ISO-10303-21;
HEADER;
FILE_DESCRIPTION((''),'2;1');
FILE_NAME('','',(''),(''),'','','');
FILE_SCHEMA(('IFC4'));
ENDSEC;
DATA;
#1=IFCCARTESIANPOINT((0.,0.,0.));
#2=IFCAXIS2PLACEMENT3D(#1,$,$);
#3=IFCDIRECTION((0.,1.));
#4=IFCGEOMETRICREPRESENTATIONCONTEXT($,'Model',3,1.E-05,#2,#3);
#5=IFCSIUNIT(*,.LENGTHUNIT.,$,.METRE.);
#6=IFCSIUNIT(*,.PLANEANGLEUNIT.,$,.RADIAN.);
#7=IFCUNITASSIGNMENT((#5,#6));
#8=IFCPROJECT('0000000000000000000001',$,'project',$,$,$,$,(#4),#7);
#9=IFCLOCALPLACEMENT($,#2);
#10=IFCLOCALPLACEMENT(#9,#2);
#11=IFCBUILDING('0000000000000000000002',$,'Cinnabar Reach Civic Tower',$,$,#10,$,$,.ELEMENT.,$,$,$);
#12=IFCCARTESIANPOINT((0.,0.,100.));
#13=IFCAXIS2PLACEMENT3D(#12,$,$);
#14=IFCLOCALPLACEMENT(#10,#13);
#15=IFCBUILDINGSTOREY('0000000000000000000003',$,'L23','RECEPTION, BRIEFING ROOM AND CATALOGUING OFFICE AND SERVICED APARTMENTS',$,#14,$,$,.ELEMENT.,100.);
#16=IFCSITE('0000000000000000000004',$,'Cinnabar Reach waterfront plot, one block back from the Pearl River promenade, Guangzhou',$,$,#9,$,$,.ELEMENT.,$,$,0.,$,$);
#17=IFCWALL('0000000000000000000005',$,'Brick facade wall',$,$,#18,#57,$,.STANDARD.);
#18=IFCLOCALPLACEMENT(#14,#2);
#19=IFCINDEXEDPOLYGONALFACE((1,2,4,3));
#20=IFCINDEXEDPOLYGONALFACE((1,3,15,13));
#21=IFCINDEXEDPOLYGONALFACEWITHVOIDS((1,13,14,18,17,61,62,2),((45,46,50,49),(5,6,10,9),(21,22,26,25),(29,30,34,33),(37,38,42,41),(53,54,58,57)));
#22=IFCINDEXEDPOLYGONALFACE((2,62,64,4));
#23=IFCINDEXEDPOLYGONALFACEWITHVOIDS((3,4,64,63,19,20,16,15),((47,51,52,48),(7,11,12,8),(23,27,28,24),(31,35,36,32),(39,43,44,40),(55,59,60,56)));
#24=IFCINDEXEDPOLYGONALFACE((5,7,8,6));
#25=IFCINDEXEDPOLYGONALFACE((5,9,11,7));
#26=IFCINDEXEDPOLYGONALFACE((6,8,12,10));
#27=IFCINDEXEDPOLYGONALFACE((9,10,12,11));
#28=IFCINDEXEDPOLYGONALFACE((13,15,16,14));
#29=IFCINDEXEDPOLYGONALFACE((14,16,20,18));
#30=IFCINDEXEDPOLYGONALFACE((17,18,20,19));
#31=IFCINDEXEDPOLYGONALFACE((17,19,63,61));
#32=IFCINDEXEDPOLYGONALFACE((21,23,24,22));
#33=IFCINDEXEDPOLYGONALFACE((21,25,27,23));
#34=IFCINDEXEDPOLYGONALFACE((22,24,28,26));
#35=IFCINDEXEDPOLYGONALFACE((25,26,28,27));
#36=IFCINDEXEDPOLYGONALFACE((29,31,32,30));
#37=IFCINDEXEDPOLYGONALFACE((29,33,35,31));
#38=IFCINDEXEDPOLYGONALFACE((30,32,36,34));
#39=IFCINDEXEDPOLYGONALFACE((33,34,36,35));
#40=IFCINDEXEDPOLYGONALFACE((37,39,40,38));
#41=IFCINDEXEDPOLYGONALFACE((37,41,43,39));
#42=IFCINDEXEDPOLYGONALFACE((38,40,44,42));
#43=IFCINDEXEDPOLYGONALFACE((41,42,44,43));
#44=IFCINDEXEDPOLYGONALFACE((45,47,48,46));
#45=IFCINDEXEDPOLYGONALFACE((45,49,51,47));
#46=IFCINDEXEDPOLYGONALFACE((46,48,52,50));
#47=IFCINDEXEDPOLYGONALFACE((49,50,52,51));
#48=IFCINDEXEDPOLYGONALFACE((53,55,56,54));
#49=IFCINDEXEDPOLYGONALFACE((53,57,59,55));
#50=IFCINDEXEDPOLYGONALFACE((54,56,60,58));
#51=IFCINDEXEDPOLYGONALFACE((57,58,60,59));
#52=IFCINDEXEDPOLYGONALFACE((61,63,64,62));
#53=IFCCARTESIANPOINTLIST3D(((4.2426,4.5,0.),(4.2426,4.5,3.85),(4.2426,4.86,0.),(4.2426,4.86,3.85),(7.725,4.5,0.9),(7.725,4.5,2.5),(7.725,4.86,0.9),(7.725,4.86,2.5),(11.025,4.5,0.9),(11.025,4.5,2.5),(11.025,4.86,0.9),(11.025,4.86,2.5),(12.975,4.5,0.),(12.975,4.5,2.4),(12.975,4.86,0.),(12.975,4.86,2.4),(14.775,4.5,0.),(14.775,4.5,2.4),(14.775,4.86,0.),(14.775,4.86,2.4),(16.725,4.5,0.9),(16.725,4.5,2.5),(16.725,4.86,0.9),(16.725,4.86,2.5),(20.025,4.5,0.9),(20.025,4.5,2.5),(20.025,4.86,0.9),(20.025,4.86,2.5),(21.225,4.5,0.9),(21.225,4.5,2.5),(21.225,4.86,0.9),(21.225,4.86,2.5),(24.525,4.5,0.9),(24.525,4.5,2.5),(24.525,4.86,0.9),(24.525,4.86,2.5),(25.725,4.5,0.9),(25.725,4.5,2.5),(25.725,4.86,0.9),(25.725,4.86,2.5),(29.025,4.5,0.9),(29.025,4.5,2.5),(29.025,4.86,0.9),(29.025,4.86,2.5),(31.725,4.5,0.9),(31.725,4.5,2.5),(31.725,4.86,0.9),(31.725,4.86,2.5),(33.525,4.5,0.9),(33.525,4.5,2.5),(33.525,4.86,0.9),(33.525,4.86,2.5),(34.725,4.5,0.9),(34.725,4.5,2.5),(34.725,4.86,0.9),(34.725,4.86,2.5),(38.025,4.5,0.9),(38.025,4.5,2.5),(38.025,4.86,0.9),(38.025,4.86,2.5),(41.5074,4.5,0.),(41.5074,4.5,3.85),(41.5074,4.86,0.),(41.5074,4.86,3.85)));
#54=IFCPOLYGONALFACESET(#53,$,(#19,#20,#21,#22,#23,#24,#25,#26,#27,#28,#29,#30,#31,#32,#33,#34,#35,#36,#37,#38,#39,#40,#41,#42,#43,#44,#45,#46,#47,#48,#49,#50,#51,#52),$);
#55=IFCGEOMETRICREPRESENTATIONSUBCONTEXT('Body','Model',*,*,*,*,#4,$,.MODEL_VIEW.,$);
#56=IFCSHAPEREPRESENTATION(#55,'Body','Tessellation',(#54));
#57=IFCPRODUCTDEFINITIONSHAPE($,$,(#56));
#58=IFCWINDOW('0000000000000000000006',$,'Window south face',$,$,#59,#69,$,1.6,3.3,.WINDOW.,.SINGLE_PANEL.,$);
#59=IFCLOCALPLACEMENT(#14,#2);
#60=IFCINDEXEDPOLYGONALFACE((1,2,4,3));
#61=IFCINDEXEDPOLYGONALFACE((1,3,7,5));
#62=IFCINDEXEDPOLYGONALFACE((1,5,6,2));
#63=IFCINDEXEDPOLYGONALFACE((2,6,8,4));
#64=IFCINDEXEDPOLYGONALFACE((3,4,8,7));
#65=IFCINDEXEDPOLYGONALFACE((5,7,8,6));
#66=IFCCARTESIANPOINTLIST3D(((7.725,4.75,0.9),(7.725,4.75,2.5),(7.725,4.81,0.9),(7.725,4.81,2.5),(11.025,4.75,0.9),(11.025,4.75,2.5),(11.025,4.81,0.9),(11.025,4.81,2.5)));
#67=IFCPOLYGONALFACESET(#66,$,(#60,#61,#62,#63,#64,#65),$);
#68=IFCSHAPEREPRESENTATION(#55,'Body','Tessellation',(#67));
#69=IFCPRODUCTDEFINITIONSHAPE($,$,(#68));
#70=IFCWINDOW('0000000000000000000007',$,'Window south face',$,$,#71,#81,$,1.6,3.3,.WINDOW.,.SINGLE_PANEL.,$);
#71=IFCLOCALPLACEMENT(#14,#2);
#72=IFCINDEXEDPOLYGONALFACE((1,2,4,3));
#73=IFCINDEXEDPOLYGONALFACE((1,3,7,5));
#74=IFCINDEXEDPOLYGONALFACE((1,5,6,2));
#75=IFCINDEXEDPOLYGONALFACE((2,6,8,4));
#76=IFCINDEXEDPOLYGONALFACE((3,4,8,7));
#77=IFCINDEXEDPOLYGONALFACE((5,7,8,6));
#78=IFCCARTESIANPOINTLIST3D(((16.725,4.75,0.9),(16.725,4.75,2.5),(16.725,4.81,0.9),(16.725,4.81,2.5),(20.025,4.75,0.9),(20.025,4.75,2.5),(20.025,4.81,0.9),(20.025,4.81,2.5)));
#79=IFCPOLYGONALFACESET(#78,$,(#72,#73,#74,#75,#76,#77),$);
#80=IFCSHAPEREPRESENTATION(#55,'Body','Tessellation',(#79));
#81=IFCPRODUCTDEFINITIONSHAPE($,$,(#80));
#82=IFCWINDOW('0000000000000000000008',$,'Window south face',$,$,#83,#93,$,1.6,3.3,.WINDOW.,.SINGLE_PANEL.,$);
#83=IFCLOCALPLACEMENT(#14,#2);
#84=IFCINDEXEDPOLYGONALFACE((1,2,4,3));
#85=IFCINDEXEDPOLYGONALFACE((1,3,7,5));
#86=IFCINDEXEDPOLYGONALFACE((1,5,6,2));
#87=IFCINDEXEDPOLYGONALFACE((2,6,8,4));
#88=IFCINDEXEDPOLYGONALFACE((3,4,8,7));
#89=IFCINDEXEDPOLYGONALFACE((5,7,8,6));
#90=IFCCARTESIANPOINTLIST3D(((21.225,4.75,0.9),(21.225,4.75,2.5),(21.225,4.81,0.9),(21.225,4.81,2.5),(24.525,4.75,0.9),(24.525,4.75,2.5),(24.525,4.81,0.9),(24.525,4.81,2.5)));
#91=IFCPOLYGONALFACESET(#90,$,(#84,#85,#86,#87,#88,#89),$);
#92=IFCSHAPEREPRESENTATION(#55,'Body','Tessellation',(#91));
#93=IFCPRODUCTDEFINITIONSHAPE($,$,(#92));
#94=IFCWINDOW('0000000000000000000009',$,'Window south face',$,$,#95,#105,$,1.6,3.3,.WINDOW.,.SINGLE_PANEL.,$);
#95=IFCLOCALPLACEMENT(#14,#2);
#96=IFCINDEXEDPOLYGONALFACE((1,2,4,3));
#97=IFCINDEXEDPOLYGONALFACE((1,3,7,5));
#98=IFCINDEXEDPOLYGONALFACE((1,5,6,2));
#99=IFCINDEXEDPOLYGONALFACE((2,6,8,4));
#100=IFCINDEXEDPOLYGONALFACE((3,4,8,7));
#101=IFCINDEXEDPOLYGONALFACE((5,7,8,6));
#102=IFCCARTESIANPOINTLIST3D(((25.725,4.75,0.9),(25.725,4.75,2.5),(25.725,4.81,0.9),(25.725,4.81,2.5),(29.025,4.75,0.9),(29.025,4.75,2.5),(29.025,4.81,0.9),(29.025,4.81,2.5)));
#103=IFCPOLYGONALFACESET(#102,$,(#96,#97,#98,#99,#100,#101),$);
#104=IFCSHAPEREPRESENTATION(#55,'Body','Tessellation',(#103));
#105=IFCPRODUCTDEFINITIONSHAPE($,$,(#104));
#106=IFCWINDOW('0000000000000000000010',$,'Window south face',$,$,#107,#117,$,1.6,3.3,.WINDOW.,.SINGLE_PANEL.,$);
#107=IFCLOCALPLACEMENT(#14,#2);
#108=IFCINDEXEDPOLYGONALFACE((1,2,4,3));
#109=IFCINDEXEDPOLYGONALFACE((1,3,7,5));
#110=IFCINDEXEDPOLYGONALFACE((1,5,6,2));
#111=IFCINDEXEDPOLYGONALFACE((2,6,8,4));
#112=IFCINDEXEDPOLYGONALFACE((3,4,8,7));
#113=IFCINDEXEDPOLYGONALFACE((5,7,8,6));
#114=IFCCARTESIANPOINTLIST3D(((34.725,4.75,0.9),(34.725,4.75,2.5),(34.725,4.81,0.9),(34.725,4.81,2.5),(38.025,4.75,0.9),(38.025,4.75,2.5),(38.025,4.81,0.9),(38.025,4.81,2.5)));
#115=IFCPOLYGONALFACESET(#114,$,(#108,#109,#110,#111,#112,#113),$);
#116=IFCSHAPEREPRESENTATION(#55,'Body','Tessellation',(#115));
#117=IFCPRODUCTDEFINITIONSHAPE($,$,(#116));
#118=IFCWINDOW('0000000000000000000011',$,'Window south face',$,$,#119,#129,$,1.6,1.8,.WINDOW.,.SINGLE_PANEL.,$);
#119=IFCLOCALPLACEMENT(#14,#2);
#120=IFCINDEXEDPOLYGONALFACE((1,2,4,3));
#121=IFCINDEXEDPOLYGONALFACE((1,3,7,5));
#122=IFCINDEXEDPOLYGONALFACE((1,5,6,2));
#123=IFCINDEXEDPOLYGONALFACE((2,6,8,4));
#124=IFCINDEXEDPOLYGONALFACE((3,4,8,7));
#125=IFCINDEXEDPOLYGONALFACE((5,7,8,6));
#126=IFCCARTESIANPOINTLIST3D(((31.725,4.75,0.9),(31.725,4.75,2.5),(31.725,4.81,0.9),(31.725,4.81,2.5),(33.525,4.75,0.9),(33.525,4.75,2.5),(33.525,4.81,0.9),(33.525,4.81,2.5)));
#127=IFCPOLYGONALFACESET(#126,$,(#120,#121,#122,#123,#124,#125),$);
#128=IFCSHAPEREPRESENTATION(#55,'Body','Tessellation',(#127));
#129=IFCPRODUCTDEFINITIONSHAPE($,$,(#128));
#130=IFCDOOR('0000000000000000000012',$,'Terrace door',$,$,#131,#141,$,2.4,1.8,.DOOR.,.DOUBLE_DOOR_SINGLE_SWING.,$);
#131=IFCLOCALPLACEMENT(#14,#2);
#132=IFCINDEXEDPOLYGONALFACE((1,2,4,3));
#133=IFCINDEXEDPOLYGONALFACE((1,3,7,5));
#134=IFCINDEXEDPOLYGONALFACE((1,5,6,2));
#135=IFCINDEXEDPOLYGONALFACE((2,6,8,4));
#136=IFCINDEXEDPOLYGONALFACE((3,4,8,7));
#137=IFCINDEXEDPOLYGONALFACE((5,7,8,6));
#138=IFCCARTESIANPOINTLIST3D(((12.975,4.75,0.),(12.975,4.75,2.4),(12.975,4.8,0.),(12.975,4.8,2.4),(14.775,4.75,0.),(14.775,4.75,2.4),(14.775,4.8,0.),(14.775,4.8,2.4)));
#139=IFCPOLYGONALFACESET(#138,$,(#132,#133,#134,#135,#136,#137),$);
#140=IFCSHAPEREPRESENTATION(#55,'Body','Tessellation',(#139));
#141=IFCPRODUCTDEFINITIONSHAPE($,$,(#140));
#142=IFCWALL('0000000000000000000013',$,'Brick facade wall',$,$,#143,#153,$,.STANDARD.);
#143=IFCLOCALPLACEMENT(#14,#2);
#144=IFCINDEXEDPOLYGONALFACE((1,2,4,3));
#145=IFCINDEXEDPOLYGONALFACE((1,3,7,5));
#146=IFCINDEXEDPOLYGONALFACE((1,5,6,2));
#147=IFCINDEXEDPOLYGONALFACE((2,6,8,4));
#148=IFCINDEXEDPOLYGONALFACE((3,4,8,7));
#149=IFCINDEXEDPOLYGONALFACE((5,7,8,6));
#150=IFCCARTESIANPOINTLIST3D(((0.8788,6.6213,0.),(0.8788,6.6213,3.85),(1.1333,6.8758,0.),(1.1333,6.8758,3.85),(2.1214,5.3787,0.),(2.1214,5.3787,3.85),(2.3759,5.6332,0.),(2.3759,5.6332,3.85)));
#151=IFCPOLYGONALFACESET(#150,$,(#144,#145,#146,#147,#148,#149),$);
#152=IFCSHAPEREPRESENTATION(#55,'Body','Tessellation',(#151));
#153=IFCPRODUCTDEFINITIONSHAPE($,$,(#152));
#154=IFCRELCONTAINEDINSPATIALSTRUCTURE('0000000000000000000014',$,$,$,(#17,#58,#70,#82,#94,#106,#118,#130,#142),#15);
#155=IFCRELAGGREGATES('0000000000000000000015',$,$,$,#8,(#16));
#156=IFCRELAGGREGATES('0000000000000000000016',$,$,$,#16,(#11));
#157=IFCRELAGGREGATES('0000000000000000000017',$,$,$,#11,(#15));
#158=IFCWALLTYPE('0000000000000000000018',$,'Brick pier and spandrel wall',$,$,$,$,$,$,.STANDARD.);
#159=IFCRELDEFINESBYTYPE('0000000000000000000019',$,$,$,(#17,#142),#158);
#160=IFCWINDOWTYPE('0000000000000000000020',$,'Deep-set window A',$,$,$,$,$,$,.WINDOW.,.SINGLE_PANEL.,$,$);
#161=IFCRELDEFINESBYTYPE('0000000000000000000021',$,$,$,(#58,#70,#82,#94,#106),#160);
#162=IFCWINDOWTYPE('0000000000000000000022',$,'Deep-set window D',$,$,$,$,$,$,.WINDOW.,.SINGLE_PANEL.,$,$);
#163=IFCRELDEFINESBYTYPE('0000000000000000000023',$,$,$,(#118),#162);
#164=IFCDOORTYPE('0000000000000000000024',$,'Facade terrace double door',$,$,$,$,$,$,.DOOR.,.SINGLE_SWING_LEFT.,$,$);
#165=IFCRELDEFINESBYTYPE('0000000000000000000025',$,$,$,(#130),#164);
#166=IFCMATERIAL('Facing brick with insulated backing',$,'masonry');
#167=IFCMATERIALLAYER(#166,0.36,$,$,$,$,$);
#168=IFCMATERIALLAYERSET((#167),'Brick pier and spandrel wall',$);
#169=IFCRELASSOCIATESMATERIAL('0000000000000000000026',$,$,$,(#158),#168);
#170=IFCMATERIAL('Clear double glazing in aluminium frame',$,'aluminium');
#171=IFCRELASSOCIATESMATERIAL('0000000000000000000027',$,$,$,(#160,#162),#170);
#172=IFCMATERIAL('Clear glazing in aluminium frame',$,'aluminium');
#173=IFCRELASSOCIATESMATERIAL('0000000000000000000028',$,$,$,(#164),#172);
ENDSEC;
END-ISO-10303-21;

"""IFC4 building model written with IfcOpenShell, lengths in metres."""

from ifc_helpers import new_model, si_unit, direction, frame, frame_2d, origin, place, context, subcontext, project, spatial, rectangle, extrude, material, layer, layer_set, type_object, element, fill, save


model = new_model("IFC4")

# Units and contexts
model_context = context("Model", 3, precision=1e-05, world=origin(), true_north=direction((0.0, 1.0)))
body_context = subcontext(model_context, "Body", "Model", "MODEL_VIEW")
ifc_project = project(units=[si_unit("LENGTHUNIT", "METRE"), si_unit("PLANEANGLEUNIT", "RADIAN")], contexts=[model_context])

# Site, building, storey
site_placement = place(None, origin())
site = spatial("IfcSite", under=ifc_project, at=site_placement, Name="Cinnabar Reach waterfront plot, one block back from the Pearl River promenade, Guangzhou", CompositionType="ELEMENT", RefElevation=0.0)
building_placement = place(site_placement, origin())
building = spatial("IfcBuilding", under=site, at=building_placement, Name="Cinnabar Reach Civic Tower", CompositionType="ELEMENT")
storey_placement = place(building_placement, frame((0.0, 0.0, 100.0)))
storey = spatial("IfcBuildingStorey", under=building, at=storey_placement, Name="L23", Description="RECEPTION, BRIEFING ROOM AND CATALOGUING OFFICE AND SERVICED APARTMENTS", CompositionType="ELEMENT", Elevation=100.0)

# Shared definitions
ifc_material_1 = material(Name="Facing brick with insulated backing", Category="masonry")

# Wall, openings, windows, door
ifc_layer_1 = layer(ifc_material_1, 0.36)
ifc_layer_set_1 = layer_set([ifc_layer_1], Name="Brick pier and spandrel wall")
wall_type_1 = type_object("IfcWallType", Name="Brick pier and spandrel wall", PredefinedType="STANDARD", material=ifc_layer_set_1)
wall_1_placement = place(storey_placement, frame((4.2426, 4.68, 0.0), z_axis=(0.0, 0.0, 1.0), x_axis=(1.0, 0.0, 0.0)))
wall_1 = element("IfcWall", 1, at=wall_1_placement, inside=storey, type_object=wall_type_1, Name="Brick facade wall", PredefinedType="STANDARD", context=body_context, shape_type="SweptSolid", body=[
    extrude(rectangle(XDim=37.2648, YDim=0.36, at=frame_2d((18.6324, 0.0))), origin(), (0.0, 0.0, 1.0), 3.85),
])
opening_1_placement = place(wall_1_placement, frame((3.4824, 0.0, 0.9)))
opening_1 = element("IfcOpeningElement", 2, at=opening_1_placement, cuts=wall_1, PredefinedType="OPENING", context=body_context, shape_type="SweptSolid", body=[
    extrude(rectangle(XDim=3.3, YDim=1.6, at=frame_2d((1.65, 0.8))), frame((0.0, 0.19, 0.0), z_axis=(0.0, -1.0, 0.0), x_axis=(1.0, 0.0, 0.0)), (0.0, 0.0, 1.0), 0.38),
])
opening_2_placement = place(wall_1_placement, frame((8.7324, 0.0, 0.0)))
opening_2 = element("IfcOpeningElement", 3, at=opening_2_placement, cuts=wall_1, PredefinedType="OPENING", context=body_context, shape_type="SweptSolid", body=[
    extrude(rectangle(XDim=1.8, YDim=2.4, at=frame_2d((0.9, 1.2))), frame((0.0, 0.19, 0.0), z_axis=(0.0, -1.0, 0.0), x_axis=(1.0, 0.0, 0.0)), (0.0, 0.0, 1.0), 0.38),
])
opening_3_placement = place(wall_1_placement, frame((12.4824, 0.0, 0.9)))
opening_3 = element("IfcOpeningElement", 4, at=opening_3_placement, cuts=wall_1, PredefinedType="OPENING", context=body_context, shape_type="SweptSolid", body=[
    extrude(rectangle(XDim=3.3, YDim=1.6, at=frame_2d((1.65, 0.8))), frame((0.0, 0.19, 0.0), z_axis=(0.0, -1.0, 0.0), x_axis=(1.0, 0.0, 0.0)), (0.0, 0.0, 1.0), 0.38),
])
opening_4_placement = place(wall_1_placement, frame((16.9824, 0.0, 0.9)))
opening_4 = element("IfcOpeningElement", 5, at=opening_4_placement, cuts=wall_1, PredefinedType="OPENING", context=body_context, shape_type="SweptSolid", body=[
    extrude(rectangle(XDim=3.3, YDim=1.6, at=frame_2d((1.65, 0.8))), frame((0.0, 0.19, 0.0), z_axis=(0.0, -1.0, 0.0), x_axis=(1.0, 0.0, 0.0)), (0.0, 0.0, 1.0), 0.38),
])
opening_5_placement = place(wall_1_placement, frame((21.4824, 0.0, 0.9)))
opening_5 = element("IfcOpeningElement", 6, at=opening_5_placement, cuts=wall_1, PredefinedType="OPENING", context=body_context, shape_type="SweptSolid", body=[
    extrude(rectangle(XDim=3.3, YDim=1.6, at=frame_2d((1.65, 0.8))), frame((0.0, 0.19, 0.0), z_axis=(0.0, -1.0, 0.0), x_axis=(1.0, 0.0, 0.0)), (0.0, 0.0, 1.0), 0.38),
])
opening_6_placement = place(wall_1_placement, frame((27.4824, 0.0, 0.9)))
opening_6 = element("IfcOpeningElement", 7, at=opening_6_placement, cuts=wall_1, PredefinedType="OPENING", context=body_context, shape_type="SweptSolid", body=[
    extrude(rectangle(XDim=1.8, YDim=1.6, at=frame_2d((0.9, 0.8))), frame((0.0, 0.19, 0.0), z_axis=(0.0, -1.0, 0.0), x_axis=(1.0, 0.0, 0.0)), (0.0, 0.0, 1.0), 0.38),
])
opening_7_placement = place(wall_1_placement, frame((30.4824, 0.0, 0.9)))
opening_7 = element("IfcOpeningElement", 8, at=opening_7_placement, cuts=wall_1, PredefinedType="OPENING", context=body_context, shape_type="SweptSolid", body=[
    extrude(rectangle(XDim=3.3, YDim=1.6, at=frame_2d((1.65, 0.8))), frame((0.0, 0.19, 0.0), z_axis=(0.0, -1.0, 0.0), x_axis=(1.0, 0.0, 0.0)), (0.0, 0.0, 1.0), 0.38),
])
ifc_material_2 = material(Name="Clear double glazing in aluminium frame", Category="aluminium")
window_type_1 = type_object("IfcWindowType", Name="Deep-set window A", PartitioningType="SINGLE_PANEL", PredefinedType="WINDOW", material=ifc_material_2)
window_1_placement = place(opening_1_placement, origin())
window_1 = element("IfcWindow", 9, at=window_1_placement, inside=storey, type_object=window_type_1, Name="Window south face", OverallHeight=1.6, OverallWidth=3.3, PartitioningType="SINGLE_PANEL", PredefinedType="WINDOW", context=body_context, shape_type="SweptSolid", body=[
    extrude(rectangle(XDim=3.3, YDim=1.6, at=frame_2d((1.65, 0.8))), frame((0.0, 0.13, 0.0), z_axis=(0.0, -1.0, 0.0), x_axis=(1.0, 0.0, 0.0)), (0.0, 0.0, 1.0), 0.06),
])
fill(opening_1, window_1)
window_2_placement = place(opening_3_placement, origin())
window_2 = element("IfcWindow", 10, at=window_2_placement, inside=storey, type_object=window_type_1, Name="Window south face", OverallHeight=1.6, OverallWidth=3.3, PartitioningType="SINGLE_PANEL", PredefinedType="WINDOW", context=body_context, shape_type="SweptSolid", body=[
    extrude(rectangle(XDim=3.3, YDim=1.6, at=frame_2d((1.65, 0.8))), frame((0.0, 0.13, 0.0), z_axis=(0.0, -1.0, 0.0), x_axis=(1.0, 0.0, 0.0)), (0.0, 0.0, 1.0), 0.06),
])
fill(opening_3, window_2)
window_3_placement = place(opening_4_placement, origin())
window_3 = element("IfcWindow", 11, at=window_3_placement, inside=storey, type_object=window_type_1, Name="Window south face", OverallHeight=1.6, OverallWidth=3.3, PartitioningType="SINGLE_PANEL", PredefinedType="WINDOW", context=body_context, shape_type="SweptSolid", body=[
    extrude(rectangle(XDim=3.3, YDim=1.6, at=frame_2d((1.65, 0.8))), frame((0.0, 0.13, 0.0), z_axis=(0.0, -1.0, 0.0), x_axis=(1.0, 0.0, 0.0)), (0.0, 0.0, 1.0), 0.06),
])
fill(opening_4, window_3)
window_4_placement = place(opening_5_placement, origin())
window_4 = element("IfcWindow", 12, at=window_4_placement, inside=storey, type_object=window_type_1, Name="Window south face", OverallHeight=1.6, OverallWidth=3.3, PartitioningType="SINGLE_PANEL", PredefinedType="WINDOW", context=body_context, shape_type="SweptSolid", body=[
    extrude(rectangle(XDim=3.3, YDim=1.6, at=frame_2d((1.65, 0.8))), frame((0.0, 0.13, 0.0), z_axis=(0.0, -1.0, 0.0), x_axis=(1.0, 0.0, 0.0)), (0.0, 0.0, 1.0), 0.06),
])
fill(opening_5, window_4)
window_5_placement = place(opening_7_placement, origin())
window_5 = element("IfcWindow", 13, at=window_5_placement, inside=storey, type_object=window_type_1, Name="Window south face", OverallHeight=1.6, OverallWidth=3.3, PartitioningType="SINGLE_PANEL", PredefinedType="WINDOW", context=body_context, shape_type="SweptSolid", body=[
    extrude(rectangle(XDim=3.3, YDim=1.6, at=frame_2d((1.65, 0.8))), frame((0.0, 0.13, 0.0), z_axis=(0.0, -1.0, 0.0), x_axis=(1.0, 0.0, 0.0)), (0.0, 0.0, 1.0), 0.06),
])
fill(opening_7, window_5)
window_type_2 = type_object("IfcWindowType", Name="Deep-set window D", PartitioningType="SINGLE_PANEL", PredefinedType="WINDOW", material=ifc_material_2)
window_6_placement = place(opening_6_placement, origin())
window_6 = element("IfcWindow", 14, at=window_6_placement, inside=storey, type_object=window_type_2, Name="Window south face", OverallHeight=1.6, OverallWidth=1.8, PartitioningType="SINGLE_PANEL", PredefinedType="WINDOW", context=body_context, shape_type="SweptSolid", body=[
    extrude(rectangle(XDim=1.8, YDim=1.6, at=frame_2d((0.9, 0.8))), frame((0.0, 0.13, 0.0), z_axis=(0.0, -1.0, 0.0), x_axis=(1.0, 0.0, 0.0)), (0.0, 0.0, 1.0), 0.06),
])
fill(opening_6, window_6)
ifc_material_3 = material(Name="Clear glazing in aluminium frame", Category="aluminium")
door_type = type_object("IfcDoorType", Name="Facade terrace double door", OperationType="SINGLE_SWING_LEFT", PredefinedType="DOOR", material=ifc_material_3)
door_placement = place(opening_2_placement, frame((1.8, 0.0, 0.0), z_axis=(0.0, 0.0, 1.0), x_axis=(-1.0, 0.0, 0.0)))
door = element("IfcDoor", 15, at=door_placement, inside=storey, type_object=door_type, Name="Terrace door", OperationType="DOUBLE_DOOR_SINGLE_SWING", OverallHeight=2.4, OverallWidth=1.8, PredefinedType="DOOR", context=body_context, shape_type="SweptSolid", body=[
    extrude(rectangle(XDim=1.8, YDim=2.4, at=frame_2d((0.9, 1.2))), frame((0.0, -0.07, 0.0), z_axis=(0.0, -1.0, 0.0), x_axis=(1.0, 0.0, 0.0)), (0.0, 0.0, 1.0), 0.05),
])
fill(opening_2, door)

# Wall
wall_2_placement = place(storey_placement, frame((1.006, 6.7486, 0.0), z_axis=(0.0, 0.0, 1.0), x_axis=(0.707107, -0.707107, 0.0)))
element("IfcWall", 16, at=wall_2_placement, inside=storey, type_object=wall_type_1, Name="Brick facade wall", PredefinedType="STANDARD", context=body_context, shape_type="SweptSolid", body=[
    extrude(rectangle(XDim=1.7573, YDim=0.36, at=frame_2d((0.8787, 0.0))), origin(), (0.0, 0.0, 1.0), 3.85),
])

save(model, "model.ifc")
